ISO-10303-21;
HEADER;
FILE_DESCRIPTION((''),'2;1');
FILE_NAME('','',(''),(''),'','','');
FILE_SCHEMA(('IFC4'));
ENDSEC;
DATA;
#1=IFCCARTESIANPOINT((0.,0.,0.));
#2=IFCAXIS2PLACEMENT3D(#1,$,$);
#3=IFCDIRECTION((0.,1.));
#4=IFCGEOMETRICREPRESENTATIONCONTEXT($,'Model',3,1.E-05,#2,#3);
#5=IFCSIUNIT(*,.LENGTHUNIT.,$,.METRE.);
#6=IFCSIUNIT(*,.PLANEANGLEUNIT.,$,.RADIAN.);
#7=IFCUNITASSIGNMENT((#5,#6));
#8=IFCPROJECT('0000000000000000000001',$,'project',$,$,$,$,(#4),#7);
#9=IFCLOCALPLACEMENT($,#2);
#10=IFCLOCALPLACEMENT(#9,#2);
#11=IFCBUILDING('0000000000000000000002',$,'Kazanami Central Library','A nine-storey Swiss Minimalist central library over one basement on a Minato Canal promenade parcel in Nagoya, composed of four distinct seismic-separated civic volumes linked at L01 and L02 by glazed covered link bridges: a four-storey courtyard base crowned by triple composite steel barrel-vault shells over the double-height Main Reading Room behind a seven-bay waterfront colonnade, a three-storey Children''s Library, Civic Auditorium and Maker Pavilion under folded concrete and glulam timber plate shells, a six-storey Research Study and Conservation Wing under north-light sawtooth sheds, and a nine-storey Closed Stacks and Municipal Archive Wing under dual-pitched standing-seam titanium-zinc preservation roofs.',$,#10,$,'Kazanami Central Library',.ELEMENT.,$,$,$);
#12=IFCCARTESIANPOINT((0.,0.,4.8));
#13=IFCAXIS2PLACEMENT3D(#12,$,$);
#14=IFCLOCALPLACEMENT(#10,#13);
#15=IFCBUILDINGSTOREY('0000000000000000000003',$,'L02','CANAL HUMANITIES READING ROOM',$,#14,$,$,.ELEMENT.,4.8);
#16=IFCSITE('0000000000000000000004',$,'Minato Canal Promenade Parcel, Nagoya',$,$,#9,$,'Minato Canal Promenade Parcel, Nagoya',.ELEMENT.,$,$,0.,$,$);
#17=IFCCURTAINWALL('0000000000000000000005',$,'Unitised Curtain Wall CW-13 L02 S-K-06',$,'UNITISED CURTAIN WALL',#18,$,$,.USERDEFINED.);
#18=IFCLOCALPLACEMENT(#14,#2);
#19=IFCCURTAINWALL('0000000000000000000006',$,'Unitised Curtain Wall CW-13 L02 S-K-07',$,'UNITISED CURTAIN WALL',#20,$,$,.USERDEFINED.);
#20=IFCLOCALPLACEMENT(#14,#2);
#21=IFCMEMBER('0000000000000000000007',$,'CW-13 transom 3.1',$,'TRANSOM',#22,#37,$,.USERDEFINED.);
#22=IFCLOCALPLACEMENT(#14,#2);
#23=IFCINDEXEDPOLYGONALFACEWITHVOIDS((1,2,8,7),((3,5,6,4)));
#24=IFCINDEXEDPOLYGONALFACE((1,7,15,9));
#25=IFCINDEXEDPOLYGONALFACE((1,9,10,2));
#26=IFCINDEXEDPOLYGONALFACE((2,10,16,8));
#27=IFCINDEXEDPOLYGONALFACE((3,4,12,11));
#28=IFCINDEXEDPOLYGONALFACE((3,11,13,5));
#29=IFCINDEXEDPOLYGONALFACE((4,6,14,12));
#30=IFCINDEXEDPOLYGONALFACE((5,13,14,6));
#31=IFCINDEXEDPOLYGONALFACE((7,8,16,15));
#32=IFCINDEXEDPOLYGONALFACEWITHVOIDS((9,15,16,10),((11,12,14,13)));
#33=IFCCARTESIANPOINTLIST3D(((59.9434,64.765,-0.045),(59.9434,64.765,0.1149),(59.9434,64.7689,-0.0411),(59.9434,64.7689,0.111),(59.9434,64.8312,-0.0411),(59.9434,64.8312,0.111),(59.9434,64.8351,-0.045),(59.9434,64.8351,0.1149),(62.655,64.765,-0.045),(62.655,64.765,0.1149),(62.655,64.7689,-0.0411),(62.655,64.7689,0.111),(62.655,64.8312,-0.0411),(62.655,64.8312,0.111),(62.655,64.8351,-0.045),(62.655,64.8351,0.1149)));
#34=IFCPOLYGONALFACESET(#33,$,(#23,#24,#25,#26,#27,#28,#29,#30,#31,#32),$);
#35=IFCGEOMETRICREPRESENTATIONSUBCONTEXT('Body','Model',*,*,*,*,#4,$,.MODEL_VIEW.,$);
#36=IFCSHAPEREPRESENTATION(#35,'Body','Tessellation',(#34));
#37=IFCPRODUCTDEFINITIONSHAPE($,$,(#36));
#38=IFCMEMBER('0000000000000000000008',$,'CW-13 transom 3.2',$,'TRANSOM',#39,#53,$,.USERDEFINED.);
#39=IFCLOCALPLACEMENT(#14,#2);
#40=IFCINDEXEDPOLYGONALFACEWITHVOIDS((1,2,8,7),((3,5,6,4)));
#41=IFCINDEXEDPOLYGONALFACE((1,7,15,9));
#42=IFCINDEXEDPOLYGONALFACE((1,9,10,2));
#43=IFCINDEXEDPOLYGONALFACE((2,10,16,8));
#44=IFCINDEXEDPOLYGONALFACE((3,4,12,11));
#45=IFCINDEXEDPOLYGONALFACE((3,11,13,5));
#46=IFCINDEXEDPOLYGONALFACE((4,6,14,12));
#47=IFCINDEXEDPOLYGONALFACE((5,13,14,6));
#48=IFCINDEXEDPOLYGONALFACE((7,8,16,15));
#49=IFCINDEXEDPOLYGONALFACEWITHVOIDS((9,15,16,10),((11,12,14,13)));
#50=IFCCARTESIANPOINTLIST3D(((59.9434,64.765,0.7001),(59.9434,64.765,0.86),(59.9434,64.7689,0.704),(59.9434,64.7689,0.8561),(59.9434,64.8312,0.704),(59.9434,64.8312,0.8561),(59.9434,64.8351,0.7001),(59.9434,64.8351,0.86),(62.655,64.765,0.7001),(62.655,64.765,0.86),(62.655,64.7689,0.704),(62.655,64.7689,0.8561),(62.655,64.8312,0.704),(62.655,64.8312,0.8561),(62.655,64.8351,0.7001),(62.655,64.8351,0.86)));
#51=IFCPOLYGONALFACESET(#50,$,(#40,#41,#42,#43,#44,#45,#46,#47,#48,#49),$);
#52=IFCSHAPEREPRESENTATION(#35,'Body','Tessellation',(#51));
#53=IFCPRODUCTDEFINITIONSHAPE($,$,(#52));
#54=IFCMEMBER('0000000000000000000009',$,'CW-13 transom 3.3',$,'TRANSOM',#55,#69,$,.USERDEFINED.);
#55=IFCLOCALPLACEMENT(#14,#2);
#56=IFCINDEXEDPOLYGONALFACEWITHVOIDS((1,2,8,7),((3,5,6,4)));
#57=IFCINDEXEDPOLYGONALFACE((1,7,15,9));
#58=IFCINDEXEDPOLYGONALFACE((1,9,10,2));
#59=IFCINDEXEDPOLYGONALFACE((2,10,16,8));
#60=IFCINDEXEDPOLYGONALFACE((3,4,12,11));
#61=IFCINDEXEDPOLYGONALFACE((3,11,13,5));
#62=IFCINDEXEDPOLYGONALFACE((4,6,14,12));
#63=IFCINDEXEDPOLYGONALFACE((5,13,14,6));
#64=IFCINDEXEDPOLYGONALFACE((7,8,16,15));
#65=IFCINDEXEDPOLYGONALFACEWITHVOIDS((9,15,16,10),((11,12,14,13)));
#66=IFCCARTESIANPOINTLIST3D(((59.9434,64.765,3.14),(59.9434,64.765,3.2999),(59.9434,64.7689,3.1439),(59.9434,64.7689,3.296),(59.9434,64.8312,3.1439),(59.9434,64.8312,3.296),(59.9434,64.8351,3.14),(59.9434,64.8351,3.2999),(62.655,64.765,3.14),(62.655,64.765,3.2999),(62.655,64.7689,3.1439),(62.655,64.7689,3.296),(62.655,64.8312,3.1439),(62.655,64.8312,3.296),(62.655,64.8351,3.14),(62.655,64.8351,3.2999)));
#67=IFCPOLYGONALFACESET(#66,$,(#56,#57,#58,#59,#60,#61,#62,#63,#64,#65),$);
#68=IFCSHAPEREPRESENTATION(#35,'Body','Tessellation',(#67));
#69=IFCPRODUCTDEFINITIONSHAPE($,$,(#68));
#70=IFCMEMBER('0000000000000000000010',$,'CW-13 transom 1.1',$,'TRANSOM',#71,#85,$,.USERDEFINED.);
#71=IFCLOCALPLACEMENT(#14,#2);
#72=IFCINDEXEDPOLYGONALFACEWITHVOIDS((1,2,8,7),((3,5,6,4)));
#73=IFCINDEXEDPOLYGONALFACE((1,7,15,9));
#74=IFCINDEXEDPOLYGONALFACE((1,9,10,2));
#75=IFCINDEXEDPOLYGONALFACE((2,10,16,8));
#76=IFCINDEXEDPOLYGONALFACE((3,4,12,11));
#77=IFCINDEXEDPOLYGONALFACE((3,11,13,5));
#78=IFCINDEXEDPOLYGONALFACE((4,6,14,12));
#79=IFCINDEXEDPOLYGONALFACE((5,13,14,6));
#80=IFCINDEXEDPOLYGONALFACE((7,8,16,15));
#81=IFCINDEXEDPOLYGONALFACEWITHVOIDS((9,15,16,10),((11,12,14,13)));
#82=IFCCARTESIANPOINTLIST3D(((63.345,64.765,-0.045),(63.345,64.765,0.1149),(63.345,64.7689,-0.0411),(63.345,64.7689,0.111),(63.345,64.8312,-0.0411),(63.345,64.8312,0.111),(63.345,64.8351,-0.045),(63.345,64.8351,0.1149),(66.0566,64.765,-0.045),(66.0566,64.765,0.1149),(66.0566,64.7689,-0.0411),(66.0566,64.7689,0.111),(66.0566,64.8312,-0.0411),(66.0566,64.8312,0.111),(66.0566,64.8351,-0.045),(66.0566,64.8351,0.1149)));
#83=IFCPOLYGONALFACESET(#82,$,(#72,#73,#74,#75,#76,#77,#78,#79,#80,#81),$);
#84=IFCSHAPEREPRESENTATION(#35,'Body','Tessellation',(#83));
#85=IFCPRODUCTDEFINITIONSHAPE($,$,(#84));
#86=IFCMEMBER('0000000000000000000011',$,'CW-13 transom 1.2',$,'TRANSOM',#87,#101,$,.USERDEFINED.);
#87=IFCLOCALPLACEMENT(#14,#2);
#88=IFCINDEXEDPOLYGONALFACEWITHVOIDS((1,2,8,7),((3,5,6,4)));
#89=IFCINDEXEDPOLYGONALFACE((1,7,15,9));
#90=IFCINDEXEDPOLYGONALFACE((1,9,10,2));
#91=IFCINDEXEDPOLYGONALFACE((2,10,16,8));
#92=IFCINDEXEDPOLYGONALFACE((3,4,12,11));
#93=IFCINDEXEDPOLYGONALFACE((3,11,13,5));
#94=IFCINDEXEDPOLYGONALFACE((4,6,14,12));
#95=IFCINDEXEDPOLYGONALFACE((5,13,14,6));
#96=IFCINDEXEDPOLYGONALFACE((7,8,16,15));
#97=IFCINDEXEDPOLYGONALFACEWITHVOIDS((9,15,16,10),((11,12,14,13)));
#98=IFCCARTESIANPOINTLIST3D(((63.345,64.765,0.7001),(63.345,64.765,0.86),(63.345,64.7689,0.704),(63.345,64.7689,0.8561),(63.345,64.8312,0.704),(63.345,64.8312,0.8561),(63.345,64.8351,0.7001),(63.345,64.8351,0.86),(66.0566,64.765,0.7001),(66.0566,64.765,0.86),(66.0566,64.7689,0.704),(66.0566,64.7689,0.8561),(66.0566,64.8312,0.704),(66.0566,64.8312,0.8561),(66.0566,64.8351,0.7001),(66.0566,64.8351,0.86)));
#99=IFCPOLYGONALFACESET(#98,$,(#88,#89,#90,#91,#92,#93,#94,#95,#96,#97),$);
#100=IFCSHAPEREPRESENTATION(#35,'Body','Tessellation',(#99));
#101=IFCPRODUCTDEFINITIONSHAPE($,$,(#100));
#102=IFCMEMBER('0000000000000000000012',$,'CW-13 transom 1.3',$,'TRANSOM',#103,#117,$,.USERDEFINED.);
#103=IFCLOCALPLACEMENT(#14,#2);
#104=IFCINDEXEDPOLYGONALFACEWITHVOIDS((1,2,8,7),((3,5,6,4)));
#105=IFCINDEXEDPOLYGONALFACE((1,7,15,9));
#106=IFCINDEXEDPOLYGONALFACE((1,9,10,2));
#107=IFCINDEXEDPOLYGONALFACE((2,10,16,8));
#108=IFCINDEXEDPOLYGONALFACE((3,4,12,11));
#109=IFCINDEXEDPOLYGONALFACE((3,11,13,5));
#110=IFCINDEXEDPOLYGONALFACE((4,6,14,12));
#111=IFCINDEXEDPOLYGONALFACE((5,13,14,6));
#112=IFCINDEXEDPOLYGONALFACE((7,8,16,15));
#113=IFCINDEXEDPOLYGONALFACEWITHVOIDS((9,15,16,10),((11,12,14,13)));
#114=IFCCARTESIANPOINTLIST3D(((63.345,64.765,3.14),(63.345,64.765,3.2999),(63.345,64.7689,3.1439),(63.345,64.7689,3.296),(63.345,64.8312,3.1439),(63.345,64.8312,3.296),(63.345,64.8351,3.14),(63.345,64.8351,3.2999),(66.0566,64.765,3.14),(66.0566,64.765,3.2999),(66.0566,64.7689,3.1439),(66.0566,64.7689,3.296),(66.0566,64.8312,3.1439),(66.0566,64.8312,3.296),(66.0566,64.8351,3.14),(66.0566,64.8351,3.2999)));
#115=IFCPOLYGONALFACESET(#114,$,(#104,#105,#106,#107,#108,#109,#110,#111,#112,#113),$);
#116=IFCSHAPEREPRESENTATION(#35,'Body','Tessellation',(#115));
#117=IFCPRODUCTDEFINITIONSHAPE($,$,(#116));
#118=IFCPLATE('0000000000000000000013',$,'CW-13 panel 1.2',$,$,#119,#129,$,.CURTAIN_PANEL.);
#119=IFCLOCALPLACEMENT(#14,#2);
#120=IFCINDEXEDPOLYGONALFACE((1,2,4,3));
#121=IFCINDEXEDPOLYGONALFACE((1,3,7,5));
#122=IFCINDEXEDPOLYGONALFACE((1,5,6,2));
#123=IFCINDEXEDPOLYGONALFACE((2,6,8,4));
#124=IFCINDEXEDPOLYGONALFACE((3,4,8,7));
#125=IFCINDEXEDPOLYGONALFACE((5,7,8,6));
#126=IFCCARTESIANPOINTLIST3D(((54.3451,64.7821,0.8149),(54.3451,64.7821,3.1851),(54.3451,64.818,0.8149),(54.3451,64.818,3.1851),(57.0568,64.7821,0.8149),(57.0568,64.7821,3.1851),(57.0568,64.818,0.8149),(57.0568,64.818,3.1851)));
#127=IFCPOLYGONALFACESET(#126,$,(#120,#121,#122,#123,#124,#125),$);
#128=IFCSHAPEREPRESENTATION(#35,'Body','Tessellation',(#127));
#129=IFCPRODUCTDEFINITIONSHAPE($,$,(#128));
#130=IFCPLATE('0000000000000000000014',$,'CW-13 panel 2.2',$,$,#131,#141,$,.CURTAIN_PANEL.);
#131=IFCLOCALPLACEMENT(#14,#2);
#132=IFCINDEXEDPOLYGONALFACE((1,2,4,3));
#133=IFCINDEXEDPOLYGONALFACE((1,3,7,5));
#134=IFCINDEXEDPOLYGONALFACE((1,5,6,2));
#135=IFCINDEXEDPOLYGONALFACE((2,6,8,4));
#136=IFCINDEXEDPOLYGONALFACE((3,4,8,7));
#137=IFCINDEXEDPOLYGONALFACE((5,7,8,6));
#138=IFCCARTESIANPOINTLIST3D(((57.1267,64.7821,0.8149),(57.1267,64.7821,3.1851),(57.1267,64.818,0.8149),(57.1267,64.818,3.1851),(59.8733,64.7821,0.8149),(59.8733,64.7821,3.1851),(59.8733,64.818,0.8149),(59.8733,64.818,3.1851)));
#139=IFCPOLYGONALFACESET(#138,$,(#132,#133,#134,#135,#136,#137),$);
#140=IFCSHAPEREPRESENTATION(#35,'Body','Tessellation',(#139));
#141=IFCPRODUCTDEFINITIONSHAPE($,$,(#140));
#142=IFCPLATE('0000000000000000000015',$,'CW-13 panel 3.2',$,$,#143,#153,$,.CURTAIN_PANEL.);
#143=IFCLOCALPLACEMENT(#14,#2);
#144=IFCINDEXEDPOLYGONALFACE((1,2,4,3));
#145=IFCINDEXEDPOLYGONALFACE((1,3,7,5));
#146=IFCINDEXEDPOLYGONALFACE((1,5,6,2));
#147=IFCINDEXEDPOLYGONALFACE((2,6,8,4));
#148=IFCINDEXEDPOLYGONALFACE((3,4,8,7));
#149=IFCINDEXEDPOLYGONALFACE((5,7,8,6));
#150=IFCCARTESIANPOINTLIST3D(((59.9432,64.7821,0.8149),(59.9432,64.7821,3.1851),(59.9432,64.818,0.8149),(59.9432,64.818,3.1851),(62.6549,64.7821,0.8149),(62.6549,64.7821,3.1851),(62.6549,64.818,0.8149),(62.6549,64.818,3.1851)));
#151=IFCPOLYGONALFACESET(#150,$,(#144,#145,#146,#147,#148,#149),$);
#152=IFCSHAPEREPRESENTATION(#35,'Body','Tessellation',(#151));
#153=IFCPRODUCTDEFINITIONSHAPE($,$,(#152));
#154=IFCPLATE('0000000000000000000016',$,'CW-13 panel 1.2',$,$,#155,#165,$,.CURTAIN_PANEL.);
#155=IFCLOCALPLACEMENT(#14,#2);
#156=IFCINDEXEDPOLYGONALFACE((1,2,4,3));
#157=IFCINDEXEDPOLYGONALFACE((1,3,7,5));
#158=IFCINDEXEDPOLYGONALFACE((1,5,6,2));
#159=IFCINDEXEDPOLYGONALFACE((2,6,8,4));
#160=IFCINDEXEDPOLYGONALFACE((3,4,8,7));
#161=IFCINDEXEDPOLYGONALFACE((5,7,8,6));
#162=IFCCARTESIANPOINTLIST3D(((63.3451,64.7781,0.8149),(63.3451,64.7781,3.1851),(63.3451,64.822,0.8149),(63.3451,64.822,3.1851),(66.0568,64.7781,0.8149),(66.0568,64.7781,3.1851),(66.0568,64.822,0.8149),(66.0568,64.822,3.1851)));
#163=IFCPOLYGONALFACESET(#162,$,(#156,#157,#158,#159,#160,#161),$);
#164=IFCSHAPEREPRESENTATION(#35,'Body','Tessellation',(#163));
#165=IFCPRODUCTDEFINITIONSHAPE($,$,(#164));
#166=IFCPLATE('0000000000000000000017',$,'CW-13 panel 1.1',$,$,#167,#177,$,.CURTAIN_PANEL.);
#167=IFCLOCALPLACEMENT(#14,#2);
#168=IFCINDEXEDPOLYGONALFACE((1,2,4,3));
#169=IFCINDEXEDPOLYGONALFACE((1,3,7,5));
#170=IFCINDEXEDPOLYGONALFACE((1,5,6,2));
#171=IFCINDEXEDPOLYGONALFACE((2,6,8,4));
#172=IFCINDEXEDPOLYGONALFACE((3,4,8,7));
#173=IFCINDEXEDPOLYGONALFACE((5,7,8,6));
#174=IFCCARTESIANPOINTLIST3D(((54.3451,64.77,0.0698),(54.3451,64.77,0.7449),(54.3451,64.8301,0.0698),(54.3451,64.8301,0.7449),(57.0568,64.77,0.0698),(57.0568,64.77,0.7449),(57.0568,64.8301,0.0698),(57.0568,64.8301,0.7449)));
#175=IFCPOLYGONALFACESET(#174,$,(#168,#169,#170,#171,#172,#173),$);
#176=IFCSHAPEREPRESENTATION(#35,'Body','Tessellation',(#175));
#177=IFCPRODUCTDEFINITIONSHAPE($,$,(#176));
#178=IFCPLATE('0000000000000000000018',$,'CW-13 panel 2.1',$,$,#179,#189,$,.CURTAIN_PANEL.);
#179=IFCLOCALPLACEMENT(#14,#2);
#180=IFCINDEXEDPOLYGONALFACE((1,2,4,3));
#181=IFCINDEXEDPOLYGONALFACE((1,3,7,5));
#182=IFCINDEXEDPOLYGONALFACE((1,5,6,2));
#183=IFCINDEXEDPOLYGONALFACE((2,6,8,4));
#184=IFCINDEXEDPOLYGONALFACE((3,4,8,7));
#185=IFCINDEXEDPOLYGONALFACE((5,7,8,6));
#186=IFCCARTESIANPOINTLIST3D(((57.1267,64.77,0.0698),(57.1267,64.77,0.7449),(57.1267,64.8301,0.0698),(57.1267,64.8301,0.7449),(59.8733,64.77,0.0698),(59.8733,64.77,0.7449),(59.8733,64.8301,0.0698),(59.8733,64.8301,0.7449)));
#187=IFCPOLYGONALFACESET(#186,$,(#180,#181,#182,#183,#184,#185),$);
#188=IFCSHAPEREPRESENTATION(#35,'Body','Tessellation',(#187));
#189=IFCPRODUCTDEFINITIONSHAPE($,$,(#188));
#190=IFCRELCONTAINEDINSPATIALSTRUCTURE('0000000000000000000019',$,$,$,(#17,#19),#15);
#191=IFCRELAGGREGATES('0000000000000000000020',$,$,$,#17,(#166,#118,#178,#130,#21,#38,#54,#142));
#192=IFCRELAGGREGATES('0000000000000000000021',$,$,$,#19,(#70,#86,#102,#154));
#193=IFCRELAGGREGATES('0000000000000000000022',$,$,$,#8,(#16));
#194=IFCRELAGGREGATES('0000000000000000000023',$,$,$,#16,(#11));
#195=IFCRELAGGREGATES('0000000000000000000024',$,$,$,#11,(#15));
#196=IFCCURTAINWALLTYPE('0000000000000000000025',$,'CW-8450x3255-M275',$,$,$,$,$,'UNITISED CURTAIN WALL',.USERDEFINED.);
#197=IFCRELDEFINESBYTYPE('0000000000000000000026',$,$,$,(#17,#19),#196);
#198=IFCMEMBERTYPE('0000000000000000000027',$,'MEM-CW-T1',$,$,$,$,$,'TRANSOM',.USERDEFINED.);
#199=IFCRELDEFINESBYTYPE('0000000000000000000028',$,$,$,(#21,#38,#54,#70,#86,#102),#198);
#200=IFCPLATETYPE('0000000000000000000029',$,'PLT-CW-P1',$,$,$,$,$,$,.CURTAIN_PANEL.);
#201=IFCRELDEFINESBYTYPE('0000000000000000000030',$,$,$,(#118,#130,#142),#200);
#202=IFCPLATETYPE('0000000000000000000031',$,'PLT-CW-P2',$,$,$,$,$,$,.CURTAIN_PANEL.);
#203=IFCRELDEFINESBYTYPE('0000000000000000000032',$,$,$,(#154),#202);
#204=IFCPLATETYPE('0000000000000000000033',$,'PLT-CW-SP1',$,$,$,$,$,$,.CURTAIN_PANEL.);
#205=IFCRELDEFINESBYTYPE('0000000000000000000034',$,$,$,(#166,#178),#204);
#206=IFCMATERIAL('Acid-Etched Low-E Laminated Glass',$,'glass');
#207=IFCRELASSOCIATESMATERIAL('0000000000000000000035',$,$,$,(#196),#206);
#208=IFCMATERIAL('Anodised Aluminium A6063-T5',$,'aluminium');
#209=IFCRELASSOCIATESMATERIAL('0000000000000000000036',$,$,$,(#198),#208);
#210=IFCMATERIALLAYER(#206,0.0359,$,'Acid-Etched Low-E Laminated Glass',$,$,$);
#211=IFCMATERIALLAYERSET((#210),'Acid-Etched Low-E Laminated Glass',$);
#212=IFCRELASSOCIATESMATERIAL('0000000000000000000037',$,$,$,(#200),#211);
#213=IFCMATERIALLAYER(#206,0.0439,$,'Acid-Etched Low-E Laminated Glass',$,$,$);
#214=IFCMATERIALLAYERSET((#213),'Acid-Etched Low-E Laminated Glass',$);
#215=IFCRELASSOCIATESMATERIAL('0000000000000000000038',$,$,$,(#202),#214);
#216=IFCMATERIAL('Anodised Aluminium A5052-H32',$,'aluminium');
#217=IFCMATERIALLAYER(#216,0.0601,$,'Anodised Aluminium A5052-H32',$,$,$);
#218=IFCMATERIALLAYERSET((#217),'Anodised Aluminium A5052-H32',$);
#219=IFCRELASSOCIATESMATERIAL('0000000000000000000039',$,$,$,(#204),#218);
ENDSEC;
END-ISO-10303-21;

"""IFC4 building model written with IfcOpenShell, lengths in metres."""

from ifc_helpers import new_model, si_unit, direction, frame, origin, origin_2d, place, context, subcontext, project, spatial, rectangle, hollow_rectangle, extrude, material, layer, layer_set, material_profile, profile_set, type_object, element, aggregate, save


model = new_model("IFC4")

# Units and contexts
model_context = context("Model", 3, precision=1e-05, world=origin(), true_north=direction((0.0, 1.0)))
body_context = subcontext(model_context, "Body", "Model", "MODEL_VIEW")
ifc_project = project(units=[si_unit("LENGTHUNIT", "METRE"), si_unit("PLANEANGLEUNIT", "RADIAN")], contexts=[model_context])

# Site, building, storey
site_placement = place(None, origin())
site = spatial("IfcSite", under=ifc_project, at=site_placement, Name="Minato Canal Promenade Parcel, Nagoya", LongName="Minato Canal Promenade Parcel, Nagoya", CompositionType="ELEMENT", RefElevation=0.0)
building_placement = place(site_placement, origin())
building = spatial("IfcBuilding", under=site, at=building_placement, Name="Kazanami Central Library", Description="A nine-storey Swiss Minimalist central library over one basement on a Minato Canal promenade parcel in Nagoya, composed of four distinct seismic-separated civic volumes linked at L01 and L02 by glazed covered link bridges: a four-storey courtyard base crowned by triple composite steel barrel-vault shells over the double-height Main Reading Room behind a seven-bay waterfront colonnade, a three-storey Children's Library, Civic Auditorium and Maker Pavilion under folded concrete and glulam timber plate shells, a six-storey Research Study and Conservation Wing under north-light sawtooth sheds, and a nine-storey Closed Stacks and Municipal Archive Wing under dual-pitched standing-seam titanium-zinc preservation roofs.", LongName="Kazanami Central Library", CompositionType="ELEMENT")
storey_placement = place(building_placement, frame((0.0, 0.0, 4.8)))
storey = spatial("IfcBuildingStorey", under=building, at=storey_placement, Name="L02", Description="CANAL HUMANITIES READING ROOM", CompositionType="ELEMENT", Elevation=4.8)

# Curtain wall
ifc_material_1 = material(Name="Acid-Etched Low-E Laminated Glass", Category="glass")
curtain_wall_type = type_object("IfcCurtainWallType", Name="CW-8450x3255-M275", ElementType="UNITISED CURTAIN WALL", PredefinedType="USERDEFINED", material=ifc_material_1)
curtain_wall_1_placement = place(storey_placement, origin())
curtain_wall_1 = element("IfcCurtainWall", 1, at=curtain_wall_1_placement, inside=storey, type_object=curtain_wall_type, Name="Unitised Curtain Wall CW-13 L02 S-K-06", ObjectType="UNITISED CURTAIN WALL", PredefinedType="USERDEFINED")
ifc_material_2 = material(Name="Anodised Aluminium A6063-T5", Category="aluminium")

# Curtain wall
curtain_wall_2_placement = place(storey_placement, origin())
curtain_wall_2 = element("IfcCurtainWall", 2, at=curtain_wall_2_placement, inside=storey, type_object=curtain_wall_type, Name="Unitised Curtain Wall CW-13 L02 S-K-07", ObjectType="UNITISED CURTAIN WALL", PredefinedType="USERDEFINED")

# Members
ifc_material_profile_1 = material_profile(ifc_material_2, hollow_rectangle(XDim=0.0701, YDim=0.1599, WallThickness=0.0039, at=origin_2d()), Name="ALU-TRAN-70x160x4")
ifc_profile_set_1 = profile_set([ifc_material_profile_1], Name="Anodised Aluminium A6063-T5")
member_type_1 = type_object("IfcMemberType", Name="MEM-CW-T1", ElementType="TRANSOM", PredefinedType="USERDEFINED", material=ifc_profile_set_1)
member_1_placement = place(storey_placement, frame((59.9434, 64.8, 0.0349), z_axis=(1.0, 0.0, 0.0), x_axis=(0.0, 1.0, 0.0)))
member_1 = element("IfcMember", 3, at=member_1_placement, type_object=member_type_1, Name="CW-13 transom 3.1", ObjectType="TRANSOM", PredefinedType="USERDEFINED", context=body_context, shape_type="SweptSolid", body=[
    extrude(hollow_rectangle(XDim=0.0701, YDim=0.1599, WallThickness=0.0039, at=origin_2d()), origin(), (0.0, 0.0, 1.0), 2.7117),
])
member_2_placement = place(storey_placement, frame((59.9434, 64.8, 0.78), z_axis=(1.0, 0.0, 0.0), x_axis=(0.0, 1.0, 0.0)))
member_2 = element("IfcMember", 4, at=member_2_placement, type_object=member_type_1, Name="CW-13 transom 3.2", ObjectType="TRANSOM", PredefinedType="USERDEFINED", context=body_context, shape_type="SweptSolid", body=[
    extrude(hollow_rectangle(XDim=0.0701, YDim=0.1599, WallThickness=0.0039, at=origin_2d()), origin(), (0.0, 0.0, 1.0), 2.7117),
])
member_3_placement = place(storey_placement, frame((59.9434, 64.8, 3.22), z_axis=(1.0, 0.0, 0.0), x_axis=(0.0, 1.0, 0.0)))
member_3 = element("IfcMember", 5, at=member_3_placement, type_object=member_type_1, Name="CW-13 transom 3.3", ObjectType="TRANSOM", PredefinedType="USERDEFINED", context=body_context, shape_type="SweptSolid", body=[
    extrude(hollow_rectangle(XDim=0.0701, YDim=0.1599, WallThickness=0.0039, at=origin_2d()), origin(), (0.0, 0.0, 1.0), 2.7117),
])
member_4_placement = place(storey_placement, frame((63.345, 64.8, 0.0349), z_axis=(1.0, 0.0, 0.0), x_axis=(0.0, 1.0, 0.0)))
member_4 = element("IfcMember", 6, at=member_4_placement, type_object=member_type_1, Name="CW-13 transom 1.1", ObjectType="TRANSOM", PredefinedType="USERDEFINED", context=body_context, shape_type="SweptSolid", body=[
    extrude(hollow_rectangle(XDim=0.0701, YDim=0.1599, WallThickness=0.0039, at=origin_2d()), origin(), (0.0, 0.0, 1.0), 2.7117),
])
member_5_placement = place(storey_placement, frame((63.345, 64.8, 0.78), z_axis=(1.0, 0.0, 0.0), x_axis=(0.0, 1.0, 0.0)))
member_5 = element("IfcMember", 7, at=member_5_placement, type_object=member_type_1, Name="CW-13 transom 1.2", ObjectType="TRANSOM", PredefinedType="USERDEFINED", context=body_context, shape_type="SweptSolid", body=[
    extrude(hollow_rectangle(XDim=0.0701, YDim=0.1599, WallThickness=0.0039, at=origin_2d()), origin(), (0.0, 0.0, 1.0), 2.7117),
])
member_6_placement = place(storey_placement, frame((63.345, 64.8, 3.22), z_axis=(1.0, 0.0, 0.0), x_axis=(0.0, 1.0, 0.0)))
member_6 = element("IfcMember", 8, at=member_6_placement, type_object=member_type_1, Name="CW-13 transom 1.3", ObjectType="TRANSOM", PredefinedType="USERDEFINED", context=body_context, shape_type="SweptSolid", body=[
    extrude(hollow_rectangle(XDim=0.0701, YDim=0.1599, WallThickness=0.0039, at=origin_2d()), origin(), (0.0, 0.0, 1.0), 2.7117),
])

# Plates
ifc_layer_1 = layer(ifc_material_1, 0.0359, Name="Acid-Etched Low-E Laminated Glass")
ifc_layer_set_1 = layer_set([ifc_layer_1], Name="Acid-Etched Low-E Laminated Glass")
plate_type_1 = type_object("IfcPlateType", Name="PLT-CW-P1", PredefinedType="CURTAIN_PANEL", material=ifc_layer_set_1)
plate_1_placement = place(storey_placement, frame((55.7009, 64.8, 0.8149), z_axis=(0.0, 0.0, 1.0), x_axis=(1.0, 0.0, 0.0)))
plate_1 = element("IfcPlate", 9, at=plate_1_placement, type_object=plate_type_1, Name="CW-13 panel 1.2", PredefinedType="CURTAIN_PANEL", context=body_context, shape_type="SweptSolid", body=[
    extrude(rectangle(XDim=2.7117, YDim=0.0359, at=origin_2d()), origin(), (0.0, 0.0, 1.0), 2.3701),
])
plate_2_placement = place(storey_placement, frame((58.5, 64.8, 0.8149), z_axis=(0.0, 0.0, 1.0), x_axis=(1.0, 0.0, 0.0)))
plate_2 = element("IfcPlate", 10, at=plate_2_placement, type_object=plate_type_1, Name="CW-13 panel 2.2", PredefinedType="CURTAIN_PANEL", context=body_context, shape_type="SweptSolid", body=[
    extrude(rectangle(XDim=2.7466, YDim=0.0359, at=origin_2d()), origin(), (0.0, 0.0, 1.0), 2.3701),
])
plate_3_placement = place(storey_placement, frame((61.2991, 64.8, 0.8149), z_axis=(0.0, 0.0, 1.0), x_axis=(1.0, 0.0, 0.0)))
plate_3 = element("IfcPlate", 11, at=plate_3_placement, type_object=plate_type_1, Name="CW-13 panel 3.2", PredefinedType="CURTAIN_PANEL", context=body_context, shape_type="SweptSolid", body=[
    extrude(rectangle(XDim=2.7117, YDim=0.0359, at=origin_2d()), origin(), (0.0, 0.0, 1.0), 2.3701),
])
ifc_layer_2 = layer(ifc_material_1, 0.0439, Name="Acid-Etched Low-E Laminated Glass")
ifc_layer_set_2 = layer_set([ifc_layer_2], Name="Acid-Etched Low-E Laminated Glass")
plate_type_2 = type_object("IfcPlateType", Name="PLT-CW-P2", PredefinedType="CURTAIN_PANEL", material=ifc_layer_set_2)
plate_4_placement = place(storey_placement, frame((64.7009, 64.8, 0.8149), z_axis=(0.0, 0.0, 1.0), x_axis=(1.0, 0.0, 0.0)))
plate_4 = element("IfcPlate", 12, at=plate_4_placement, type_object=plate_type_2, Name="CW-13 panel 1.2", PredefinedType="CURTAIN_PANEL", context=body_context, shape_type="SweptSolid", body=[
    extrude(rectangle(XDim=2.7117, YDim=0.0439, at=origin_2d()), origin(), (0.0, 0.0, 1.0), 2.3701),
])
ifc_material_3 = material(Name="Anodised Aluminium A5052-H32", Category="aluminium")
ifc_layer_3 = layer(ifc_material_3, 0.0601, Name="Anodised Aluminium A5052-H32")
ifc_layer_set_3 = layer_set([ifc_layer_3], Name="Anodised Aluminium A5052-H32")
plate_type_3 = type_object("IfcPlateType", Name="PLT-CW-SP1", PredefinedType="CURTAIN_PANEL", material=ifc_layer_set_3)
plate_5_placement = place(storey_placement, frame((55.7009, 64.8, 0.0698), z_axis=(0.0, 0.0, 1.0), x_axis=(1.0, 0.0, 0.0)))
plate_5 = element("IfcPlate", 13, at=plate_5_placement, type_object=plate_type_3, Name="CW-13 panel 1.1", PredefinedType="CURTAIN_PANEL", context=body_context, shape_type="SweptSolid", body=[
    extrude(rectangle(XDim=2.7117, YDim=0.0601, at=origin_2d()), origin(), (0.0, 0.0, 1.0), 0.675),
])
plate_6_placement = place(storey_placement, frame((58.5, 64.8, 0.0698), z_axis=(0.0, 0.0, 1.0), x_axis=(1.0, 0.0, 0.0)))
plate_6 = element("IfcPlate", 14, at=plate_6_placement, type_object=plate_type_3, Name="CW-13 panel 2.1", PredefinedType="CURTAIN_PANEL", context=body_context, shape_type="SweptSolid", body=[
    extrude(rectangle(XDim=2.7466, YDim=0.0601, at=origin_2d()), origin(), (0.0, 0.0, 1.0), 0.675),
])
aggregate(curtain_wall_1, [plate_5, plate_1, plate_6, plate_2, member_1, member_2, member_3, plate_3])
aggregate(curtain_wall_2, [member_4, member_5, member_6, plate_4])

save(model, "model.ifc")
